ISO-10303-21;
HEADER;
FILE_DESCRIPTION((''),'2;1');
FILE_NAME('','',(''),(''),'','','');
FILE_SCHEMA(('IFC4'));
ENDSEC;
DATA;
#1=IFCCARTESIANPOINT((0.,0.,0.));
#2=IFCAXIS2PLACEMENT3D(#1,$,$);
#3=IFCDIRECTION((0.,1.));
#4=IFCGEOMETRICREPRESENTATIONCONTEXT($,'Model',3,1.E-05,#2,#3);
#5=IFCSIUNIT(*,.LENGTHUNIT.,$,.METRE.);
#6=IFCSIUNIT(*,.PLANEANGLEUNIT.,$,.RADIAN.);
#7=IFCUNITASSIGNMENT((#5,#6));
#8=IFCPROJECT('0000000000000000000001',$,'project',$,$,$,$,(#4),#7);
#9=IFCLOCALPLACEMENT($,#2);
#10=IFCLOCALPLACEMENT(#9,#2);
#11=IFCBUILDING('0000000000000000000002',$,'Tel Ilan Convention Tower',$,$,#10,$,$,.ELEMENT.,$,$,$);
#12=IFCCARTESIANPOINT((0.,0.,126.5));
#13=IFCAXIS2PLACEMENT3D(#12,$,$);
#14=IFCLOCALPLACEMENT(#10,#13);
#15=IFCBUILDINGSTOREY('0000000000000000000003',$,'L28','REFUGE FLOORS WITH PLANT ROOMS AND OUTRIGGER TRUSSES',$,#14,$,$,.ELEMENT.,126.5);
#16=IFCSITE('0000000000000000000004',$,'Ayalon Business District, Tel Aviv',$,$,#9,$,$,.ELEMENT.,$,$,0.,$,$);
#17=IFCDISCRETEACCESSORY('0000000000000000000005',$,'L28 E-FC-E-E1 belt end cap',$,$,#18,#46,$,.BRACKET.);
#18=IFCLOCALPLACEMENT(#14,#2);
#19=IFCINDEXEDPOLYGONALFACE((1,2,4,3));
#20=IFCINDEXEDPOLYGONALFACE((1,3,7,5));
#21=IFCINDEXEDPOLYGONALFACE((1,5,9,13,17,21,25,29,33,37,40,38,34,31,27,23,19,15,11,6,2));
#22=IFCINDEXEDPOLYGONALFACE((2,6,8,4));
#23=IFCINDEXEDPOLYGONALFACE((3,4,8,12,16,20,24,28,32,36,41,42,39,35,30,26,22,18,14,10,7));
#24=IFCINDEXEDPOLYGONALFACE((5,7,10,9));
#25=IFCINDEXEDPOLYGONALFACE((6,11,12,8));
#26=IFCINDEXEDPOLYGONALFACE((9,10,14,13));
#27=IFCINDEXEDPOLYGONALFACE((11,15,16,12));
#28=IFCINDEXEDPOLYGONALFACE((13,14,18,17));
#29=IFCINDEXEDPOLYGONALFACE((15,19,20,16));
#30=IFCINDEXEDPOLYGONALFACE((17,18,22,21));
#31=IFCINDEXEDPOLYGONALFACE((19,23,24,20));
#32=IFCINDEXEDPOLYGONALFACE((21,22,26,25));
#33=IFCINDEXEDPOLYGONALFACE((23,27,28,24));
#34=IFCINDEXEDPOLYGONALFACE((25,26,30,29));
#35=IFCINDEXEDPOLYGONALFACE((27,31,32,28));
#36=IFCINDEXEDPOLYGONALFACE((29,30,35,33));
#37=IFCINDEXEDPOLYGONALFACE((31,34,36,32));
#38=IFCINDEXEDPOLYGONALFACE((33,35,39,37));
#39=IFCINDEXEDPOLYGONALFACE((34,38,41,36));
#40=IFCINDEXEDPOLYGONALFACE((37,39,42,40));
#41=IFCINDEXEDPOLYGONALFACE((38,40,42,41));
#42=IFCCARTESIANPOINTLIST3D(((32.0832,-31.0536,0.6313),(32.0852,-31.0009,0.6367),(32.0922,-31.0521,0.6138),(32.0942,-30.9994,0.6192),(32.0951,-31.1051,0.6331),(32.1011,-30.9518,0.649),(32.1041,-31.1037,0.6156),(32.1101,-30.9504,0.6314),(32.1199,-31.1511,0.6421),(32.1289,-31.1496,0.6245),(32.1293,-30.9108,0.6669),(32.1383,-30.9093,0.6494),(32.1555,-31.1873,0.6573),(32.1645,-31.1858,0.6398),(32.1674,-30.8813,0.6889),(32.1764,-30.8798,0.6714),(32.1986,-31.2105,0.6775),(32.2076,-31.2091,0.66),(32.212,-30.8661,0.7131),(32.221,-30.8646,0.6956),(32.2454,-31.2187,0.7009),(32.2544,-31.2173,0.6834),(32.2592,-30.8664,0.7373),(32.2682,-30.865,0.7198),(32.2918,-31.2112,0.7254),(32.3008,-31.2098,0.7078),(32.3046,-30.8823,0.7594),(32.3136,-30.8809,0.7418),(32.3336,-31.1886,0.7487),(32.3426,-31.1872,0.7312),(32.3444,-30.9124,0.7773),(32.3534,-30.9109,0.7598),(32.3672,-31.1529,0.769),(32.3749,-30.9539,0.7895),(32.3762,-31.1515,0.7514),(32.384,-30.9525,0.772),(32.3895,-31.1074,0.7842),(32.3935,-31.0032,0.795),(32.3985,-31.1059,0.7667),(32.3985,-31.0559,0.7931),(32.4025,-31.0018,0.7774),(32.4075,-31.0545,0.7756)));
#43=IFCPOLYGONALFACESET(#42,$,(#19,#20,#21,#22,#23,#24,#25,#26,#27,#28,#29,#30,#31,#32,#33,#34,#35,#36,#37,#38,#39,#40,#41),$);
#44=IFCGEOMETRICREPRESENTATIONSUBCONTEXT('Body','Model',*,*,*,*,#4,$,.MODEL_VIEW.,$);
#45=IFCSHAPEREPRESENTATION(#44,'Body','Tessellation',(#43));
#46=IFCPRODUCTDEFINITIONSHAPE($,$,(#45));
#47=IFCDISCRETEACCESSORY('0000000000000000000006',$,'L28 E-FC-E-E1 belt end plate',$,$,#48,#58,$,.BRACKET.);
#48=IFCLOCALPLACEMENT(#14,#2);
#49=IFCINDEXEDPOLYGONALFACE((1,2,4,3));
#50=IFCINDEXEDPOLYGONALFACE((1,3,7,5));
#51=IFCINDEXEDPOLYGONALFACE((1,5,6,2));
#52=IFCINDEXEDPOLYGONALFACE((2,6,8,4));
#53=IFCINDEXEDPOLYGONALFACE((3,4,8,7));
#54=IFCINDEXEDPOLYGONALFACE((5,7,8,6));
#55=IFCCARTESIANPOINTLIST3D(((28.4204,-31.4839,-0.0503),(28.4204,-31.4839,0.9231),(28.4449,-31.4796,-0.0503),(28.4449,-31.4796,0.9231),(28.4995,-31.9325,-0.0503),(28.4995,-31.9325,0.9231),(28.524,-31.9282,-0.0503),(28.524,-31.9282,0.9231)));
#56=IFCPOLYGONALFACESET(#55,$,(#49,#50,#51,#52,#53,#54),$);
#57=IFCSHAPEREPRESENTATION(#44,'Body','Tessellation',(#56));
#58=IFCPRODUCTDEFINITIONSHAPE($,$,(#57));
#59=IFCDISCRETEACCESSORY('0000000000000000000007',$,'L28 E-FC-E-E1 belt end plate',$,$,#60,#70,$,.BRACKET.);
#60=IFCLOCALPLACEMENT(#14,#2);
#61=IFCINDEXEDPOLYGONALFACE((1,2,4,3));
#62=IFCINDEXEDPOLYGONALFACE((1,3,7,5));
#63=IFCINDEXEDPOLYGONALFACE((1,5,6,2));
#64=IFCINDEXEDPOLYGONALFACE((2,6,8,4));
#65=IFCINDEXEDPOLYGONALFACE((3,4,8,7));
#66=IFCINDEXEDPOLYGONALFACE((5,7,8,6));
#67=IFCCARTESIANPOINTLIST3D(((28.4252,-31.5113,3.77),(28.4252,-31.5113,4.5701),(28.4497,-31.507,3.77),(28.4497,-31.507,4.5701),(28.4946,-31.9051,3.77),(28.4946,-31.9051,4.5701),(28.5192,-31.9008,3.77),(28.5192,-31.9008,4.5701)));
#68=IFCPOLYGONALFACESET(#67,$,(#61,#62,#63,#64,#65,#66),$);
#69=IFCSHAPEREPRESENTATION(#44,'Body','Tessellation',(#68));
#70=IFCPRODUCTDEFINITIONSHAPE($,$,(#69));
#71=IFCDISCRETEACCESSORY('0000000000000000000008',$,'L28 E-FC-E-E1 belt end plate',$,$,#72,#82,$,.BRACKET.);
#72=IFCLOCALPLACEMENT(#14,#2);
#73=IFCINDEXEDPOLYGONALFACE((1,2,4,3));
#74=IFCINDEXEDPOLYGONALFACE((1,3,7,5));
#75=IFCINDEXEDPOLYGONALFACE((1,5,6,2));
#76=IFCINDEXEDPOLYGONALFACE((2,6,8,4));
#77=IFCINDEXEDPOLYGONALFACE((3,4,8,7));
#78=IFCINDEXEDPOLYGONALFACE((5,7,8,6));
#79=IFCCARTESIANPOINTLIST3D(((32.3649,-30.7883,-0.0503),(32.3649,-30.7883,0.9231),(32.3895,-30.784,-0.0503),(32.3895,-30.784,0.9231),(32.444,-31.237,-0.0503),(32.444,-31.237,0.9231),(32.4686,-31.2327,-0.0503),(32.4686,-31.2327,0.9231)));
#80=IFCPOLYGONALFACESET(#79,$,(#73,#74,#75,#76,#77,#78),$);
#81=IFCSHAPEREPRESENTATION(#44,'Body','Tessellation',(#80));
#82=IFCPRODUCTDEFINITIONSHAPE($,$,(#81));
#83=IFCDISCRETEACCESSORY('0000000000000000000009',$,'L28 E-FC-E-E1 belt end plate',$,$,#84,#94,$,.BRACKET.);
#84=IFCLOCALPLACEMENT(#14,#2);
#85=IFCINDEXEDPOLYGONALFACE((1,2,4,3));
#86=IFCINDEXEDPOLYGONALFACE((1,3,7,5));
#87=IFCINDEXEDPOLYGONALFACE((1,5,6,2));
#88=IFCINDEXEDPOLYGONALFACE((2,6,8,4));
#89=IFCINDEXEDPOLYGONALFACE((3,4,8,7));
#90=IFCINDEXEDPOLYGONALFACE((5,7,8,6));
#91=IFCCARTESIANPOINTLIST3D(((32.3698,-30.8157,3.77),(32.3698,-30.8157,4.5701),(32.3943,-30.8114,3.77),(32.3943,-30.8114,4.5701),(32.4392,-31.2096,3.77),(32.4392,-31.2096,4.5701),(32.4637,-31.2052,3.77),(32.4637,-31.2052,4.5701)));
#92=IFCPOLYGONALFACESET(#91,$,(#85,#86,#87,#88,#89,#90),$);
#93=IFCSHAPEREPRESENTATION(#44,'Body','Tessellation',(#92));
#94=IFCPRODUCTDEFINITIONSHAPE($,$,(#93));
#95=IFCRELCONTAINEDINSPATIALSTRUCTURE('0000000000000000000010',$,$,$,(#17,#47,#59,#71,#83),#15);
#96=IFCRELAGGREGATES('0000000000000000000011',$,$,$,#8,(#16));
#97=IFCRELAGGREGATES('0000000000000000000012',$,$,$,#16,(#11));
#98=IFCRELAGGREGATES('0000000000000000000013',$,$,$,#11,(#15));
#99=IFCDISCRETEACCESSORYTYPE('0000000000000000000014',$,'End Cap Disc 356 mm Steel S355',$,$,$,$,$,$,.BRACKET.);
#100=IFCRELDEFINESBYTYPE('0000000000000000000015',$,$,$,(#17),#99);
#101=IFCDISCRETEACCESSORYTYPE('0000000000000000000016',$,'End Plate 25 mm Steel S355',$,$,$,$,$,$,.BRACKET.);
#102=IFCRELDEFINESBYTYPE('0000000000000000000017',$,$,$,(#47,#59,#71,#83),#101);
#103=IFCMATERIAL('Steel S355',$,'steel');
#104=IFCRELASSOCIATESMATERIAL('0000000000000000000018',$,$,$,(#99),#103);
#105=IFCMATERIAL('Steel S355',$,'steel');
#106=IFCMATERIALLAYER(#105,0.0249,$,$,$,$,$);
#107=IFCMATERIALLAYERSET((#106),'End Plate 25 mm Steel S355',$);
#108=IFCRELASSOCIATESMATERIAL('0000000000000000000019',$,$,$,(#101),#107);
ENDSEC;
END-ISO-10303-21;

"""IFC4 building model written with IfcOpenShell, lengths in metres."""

from ifc_helpers import new_model, si_unit, direction, frame, origin, origin_2d, place, context, subcontext, project, spatial, rectangle, circle, extrude, material, layer, layer_set, material_profile, profile_set, type_object, element, save


model = new_model("IFC4")

# Units and contexts
model_context = context("Model", 3, precision=1e-05, world=origin(), true_north=direction((0.0, 1.0)))
body_context = subcontext(model_context, "Body", "Model", "MODEL_VIEW")
ifc_project = project(units=[si_unit("LENGTHUNIT", "METRE"), si_unit("PLANEANGLEUNIT", "RADIAN")], contexts=[model_context])

# Site, building, storey
site_placement = place(None, origin())
site = spatial("IfcSite", under=ifc_project, at=site_placement, Name="Ayalon Business District, Tel Aviv", CompositionType="ELEMENT", RefElevation=0.0)
building_placement = place(site_placement, origin())
building = spatial("IfcBuilding", under=site, at=building_placement, Name="Tel Ilan Convention Tower", CompositionType="ELEMENT")
storey_placement = place(building_placement, frame((0.0, 0.0, 126.5)))
storey = spatial("IfcBuildingStorey", under=building, at=storey_placement, Name="L28", Description="REFUGE FLOORS WITH PLANT ROOMS AND OUTRIGGER TRUSSES", CompositionType="ELEMENT", Elevation=126.5)

# Discrete accessories
ifc_material_1 = material(Name="Steel S355", Category="steel")
ifc_material_profile_1 = material_profile(ifc_material_1, circle(Radius=0.1777, at=origin_2d()), Name="End Cap Disc 356 mm Steel S355")
ifc_profile_set_1 = profile_set([ifc_material_profile_1], Name="Steel S355")
discrete_accessory_type_1 = type_object("IfcDiscreteAccessoryType", Name="End Cap Disc 356 mm Steel S355", PredefinedType="BRACKET", material=ifc_profile_set_1)
for number, where, z_axis, x_axis, name in (
    (1, (32.2405, -31.0415, 0.7131), (0.455819, 0.073917, -0.886998), (-0.160071, 0.987105, 0.0), "L28 E-FC-E-E1 belt end cap"),
):
    element("IfcDiscreteAccessory", number, at=place(storey_placement, frame(where, z_axis=z_axis, x_axis=x_axis)), inside=storey, type_object=discrete_accessory_type_1, Name=name, PredefinedType="BRACKET", context=body_context, shape_type="SweptSolid", body=[
        extrude(circle(Radius=0.1777, at=origin_2d()), origin(), (0.0, 0.0, 1.0), 0.0198),
    ])
ifc_material_2 = material(Name="Steel S355", Category="steel")
ifc_layer_1 = layer(ifc_material_2, 0.0249)
ifc_layer_set_1 = layer_set([ifc_layer_1], Name="End Plate 25 mm Steel S355")
discrete_accessory_type_2 = type_object("IfcDiscreteAccessoryType", Name="End Plate 25 mm Steel S355", PredefinedType="BRACKET", material=ifc_layer_set_1)
discrete_accessory_1_placement = place(storey_placement, frame((28.4722, -31.7061, -0.0503), z_axis=(0.0, 0.0, 1.0), x_axis=(-0.984808, -0.173648, 0.0)))
element("IfcDiscreteAccessory", 2, at=discrete_accessory_1_placement, inside=storey, type_object=discrete_accessory_type_2, Name="L28 E-FC-E-E1 belt end plate", PredefinedType="BRACKET", context=body_context, shape_type="SweptSolid", body=[
    extrude(rectangle(XDim=0.0249, YDim=0.4556, at=origin_2d()), origin(), (0.0, 0.0, 1.0), 0.9734),
])
discrete_accessory_2_placement = place(storey_placement, frame((28.4722, -31.7061, 3.77), z_axis=(0.0, 0.0, 1.0), x_axis=(-0.984808, -0.173648, 0.0)))
element("IfcDiscreteAccessory", 3, at=discrete_accessory_2_placement, inside=storey, type_object=discrete_accessory_type_2, Name="L28 E-FC-E-E1 belt end plate", PredefinedType="BRACKET", context=body_context, shape_type="SweptSolid", body=[
    extrude(rectangle(XDim=0.0249, YDim=0.3999, at=origin_2d()), origin(), (0.0, 0.0, 1.0), 0.8),
])
discrete_accessory_3_placement = place(storey_placement, frame((32.4167, -31.0105, -0.0503), z_axis=(0.0, 0.0, 1.0), x_axis=(0.984808, 0.173648, 0.0)))
element("IfcDiscreteAccessory", 4, at=discrete_accessory_3_placement, inside=storey, type_object=discrete_accessory_type_2, Name="L28 E-FC-E-E1 belt end plate", PredefinedType="BRACKET", context=body_context, shape_type="SweptSolid", body=[
    extrude(rectangle(XDim=0.0249, YDim=0.4556, at=origin_2d()), origin(), (0.0, 0.0, 1.0), 0.9734),
])
discrete_accessory_4_placement = place(storey_placement, frame((32.4167, -31.0105, 3.77), z_axis=(0.0, 0.0, 1.0), x_axis=(0.984808, 0.173648, 0.0)))
element("IfcDiscreteAccessory", 5, at=discrete_accessory_4_placement, inside=storey, type_object=discrete_accessory_type_2, Name="L28 E-FC-E-E1 belt end plate", PredefinedType="BRACKET", context=body_context, shape_type="SweptSolid", body=[
    extrude(rectangle(XDim=0.0249, YDim=0.3999, at=origin_2d()), origin(), (0.0, 0.0, 1.0), 0.8),
])

save(model, "model.ifc")
